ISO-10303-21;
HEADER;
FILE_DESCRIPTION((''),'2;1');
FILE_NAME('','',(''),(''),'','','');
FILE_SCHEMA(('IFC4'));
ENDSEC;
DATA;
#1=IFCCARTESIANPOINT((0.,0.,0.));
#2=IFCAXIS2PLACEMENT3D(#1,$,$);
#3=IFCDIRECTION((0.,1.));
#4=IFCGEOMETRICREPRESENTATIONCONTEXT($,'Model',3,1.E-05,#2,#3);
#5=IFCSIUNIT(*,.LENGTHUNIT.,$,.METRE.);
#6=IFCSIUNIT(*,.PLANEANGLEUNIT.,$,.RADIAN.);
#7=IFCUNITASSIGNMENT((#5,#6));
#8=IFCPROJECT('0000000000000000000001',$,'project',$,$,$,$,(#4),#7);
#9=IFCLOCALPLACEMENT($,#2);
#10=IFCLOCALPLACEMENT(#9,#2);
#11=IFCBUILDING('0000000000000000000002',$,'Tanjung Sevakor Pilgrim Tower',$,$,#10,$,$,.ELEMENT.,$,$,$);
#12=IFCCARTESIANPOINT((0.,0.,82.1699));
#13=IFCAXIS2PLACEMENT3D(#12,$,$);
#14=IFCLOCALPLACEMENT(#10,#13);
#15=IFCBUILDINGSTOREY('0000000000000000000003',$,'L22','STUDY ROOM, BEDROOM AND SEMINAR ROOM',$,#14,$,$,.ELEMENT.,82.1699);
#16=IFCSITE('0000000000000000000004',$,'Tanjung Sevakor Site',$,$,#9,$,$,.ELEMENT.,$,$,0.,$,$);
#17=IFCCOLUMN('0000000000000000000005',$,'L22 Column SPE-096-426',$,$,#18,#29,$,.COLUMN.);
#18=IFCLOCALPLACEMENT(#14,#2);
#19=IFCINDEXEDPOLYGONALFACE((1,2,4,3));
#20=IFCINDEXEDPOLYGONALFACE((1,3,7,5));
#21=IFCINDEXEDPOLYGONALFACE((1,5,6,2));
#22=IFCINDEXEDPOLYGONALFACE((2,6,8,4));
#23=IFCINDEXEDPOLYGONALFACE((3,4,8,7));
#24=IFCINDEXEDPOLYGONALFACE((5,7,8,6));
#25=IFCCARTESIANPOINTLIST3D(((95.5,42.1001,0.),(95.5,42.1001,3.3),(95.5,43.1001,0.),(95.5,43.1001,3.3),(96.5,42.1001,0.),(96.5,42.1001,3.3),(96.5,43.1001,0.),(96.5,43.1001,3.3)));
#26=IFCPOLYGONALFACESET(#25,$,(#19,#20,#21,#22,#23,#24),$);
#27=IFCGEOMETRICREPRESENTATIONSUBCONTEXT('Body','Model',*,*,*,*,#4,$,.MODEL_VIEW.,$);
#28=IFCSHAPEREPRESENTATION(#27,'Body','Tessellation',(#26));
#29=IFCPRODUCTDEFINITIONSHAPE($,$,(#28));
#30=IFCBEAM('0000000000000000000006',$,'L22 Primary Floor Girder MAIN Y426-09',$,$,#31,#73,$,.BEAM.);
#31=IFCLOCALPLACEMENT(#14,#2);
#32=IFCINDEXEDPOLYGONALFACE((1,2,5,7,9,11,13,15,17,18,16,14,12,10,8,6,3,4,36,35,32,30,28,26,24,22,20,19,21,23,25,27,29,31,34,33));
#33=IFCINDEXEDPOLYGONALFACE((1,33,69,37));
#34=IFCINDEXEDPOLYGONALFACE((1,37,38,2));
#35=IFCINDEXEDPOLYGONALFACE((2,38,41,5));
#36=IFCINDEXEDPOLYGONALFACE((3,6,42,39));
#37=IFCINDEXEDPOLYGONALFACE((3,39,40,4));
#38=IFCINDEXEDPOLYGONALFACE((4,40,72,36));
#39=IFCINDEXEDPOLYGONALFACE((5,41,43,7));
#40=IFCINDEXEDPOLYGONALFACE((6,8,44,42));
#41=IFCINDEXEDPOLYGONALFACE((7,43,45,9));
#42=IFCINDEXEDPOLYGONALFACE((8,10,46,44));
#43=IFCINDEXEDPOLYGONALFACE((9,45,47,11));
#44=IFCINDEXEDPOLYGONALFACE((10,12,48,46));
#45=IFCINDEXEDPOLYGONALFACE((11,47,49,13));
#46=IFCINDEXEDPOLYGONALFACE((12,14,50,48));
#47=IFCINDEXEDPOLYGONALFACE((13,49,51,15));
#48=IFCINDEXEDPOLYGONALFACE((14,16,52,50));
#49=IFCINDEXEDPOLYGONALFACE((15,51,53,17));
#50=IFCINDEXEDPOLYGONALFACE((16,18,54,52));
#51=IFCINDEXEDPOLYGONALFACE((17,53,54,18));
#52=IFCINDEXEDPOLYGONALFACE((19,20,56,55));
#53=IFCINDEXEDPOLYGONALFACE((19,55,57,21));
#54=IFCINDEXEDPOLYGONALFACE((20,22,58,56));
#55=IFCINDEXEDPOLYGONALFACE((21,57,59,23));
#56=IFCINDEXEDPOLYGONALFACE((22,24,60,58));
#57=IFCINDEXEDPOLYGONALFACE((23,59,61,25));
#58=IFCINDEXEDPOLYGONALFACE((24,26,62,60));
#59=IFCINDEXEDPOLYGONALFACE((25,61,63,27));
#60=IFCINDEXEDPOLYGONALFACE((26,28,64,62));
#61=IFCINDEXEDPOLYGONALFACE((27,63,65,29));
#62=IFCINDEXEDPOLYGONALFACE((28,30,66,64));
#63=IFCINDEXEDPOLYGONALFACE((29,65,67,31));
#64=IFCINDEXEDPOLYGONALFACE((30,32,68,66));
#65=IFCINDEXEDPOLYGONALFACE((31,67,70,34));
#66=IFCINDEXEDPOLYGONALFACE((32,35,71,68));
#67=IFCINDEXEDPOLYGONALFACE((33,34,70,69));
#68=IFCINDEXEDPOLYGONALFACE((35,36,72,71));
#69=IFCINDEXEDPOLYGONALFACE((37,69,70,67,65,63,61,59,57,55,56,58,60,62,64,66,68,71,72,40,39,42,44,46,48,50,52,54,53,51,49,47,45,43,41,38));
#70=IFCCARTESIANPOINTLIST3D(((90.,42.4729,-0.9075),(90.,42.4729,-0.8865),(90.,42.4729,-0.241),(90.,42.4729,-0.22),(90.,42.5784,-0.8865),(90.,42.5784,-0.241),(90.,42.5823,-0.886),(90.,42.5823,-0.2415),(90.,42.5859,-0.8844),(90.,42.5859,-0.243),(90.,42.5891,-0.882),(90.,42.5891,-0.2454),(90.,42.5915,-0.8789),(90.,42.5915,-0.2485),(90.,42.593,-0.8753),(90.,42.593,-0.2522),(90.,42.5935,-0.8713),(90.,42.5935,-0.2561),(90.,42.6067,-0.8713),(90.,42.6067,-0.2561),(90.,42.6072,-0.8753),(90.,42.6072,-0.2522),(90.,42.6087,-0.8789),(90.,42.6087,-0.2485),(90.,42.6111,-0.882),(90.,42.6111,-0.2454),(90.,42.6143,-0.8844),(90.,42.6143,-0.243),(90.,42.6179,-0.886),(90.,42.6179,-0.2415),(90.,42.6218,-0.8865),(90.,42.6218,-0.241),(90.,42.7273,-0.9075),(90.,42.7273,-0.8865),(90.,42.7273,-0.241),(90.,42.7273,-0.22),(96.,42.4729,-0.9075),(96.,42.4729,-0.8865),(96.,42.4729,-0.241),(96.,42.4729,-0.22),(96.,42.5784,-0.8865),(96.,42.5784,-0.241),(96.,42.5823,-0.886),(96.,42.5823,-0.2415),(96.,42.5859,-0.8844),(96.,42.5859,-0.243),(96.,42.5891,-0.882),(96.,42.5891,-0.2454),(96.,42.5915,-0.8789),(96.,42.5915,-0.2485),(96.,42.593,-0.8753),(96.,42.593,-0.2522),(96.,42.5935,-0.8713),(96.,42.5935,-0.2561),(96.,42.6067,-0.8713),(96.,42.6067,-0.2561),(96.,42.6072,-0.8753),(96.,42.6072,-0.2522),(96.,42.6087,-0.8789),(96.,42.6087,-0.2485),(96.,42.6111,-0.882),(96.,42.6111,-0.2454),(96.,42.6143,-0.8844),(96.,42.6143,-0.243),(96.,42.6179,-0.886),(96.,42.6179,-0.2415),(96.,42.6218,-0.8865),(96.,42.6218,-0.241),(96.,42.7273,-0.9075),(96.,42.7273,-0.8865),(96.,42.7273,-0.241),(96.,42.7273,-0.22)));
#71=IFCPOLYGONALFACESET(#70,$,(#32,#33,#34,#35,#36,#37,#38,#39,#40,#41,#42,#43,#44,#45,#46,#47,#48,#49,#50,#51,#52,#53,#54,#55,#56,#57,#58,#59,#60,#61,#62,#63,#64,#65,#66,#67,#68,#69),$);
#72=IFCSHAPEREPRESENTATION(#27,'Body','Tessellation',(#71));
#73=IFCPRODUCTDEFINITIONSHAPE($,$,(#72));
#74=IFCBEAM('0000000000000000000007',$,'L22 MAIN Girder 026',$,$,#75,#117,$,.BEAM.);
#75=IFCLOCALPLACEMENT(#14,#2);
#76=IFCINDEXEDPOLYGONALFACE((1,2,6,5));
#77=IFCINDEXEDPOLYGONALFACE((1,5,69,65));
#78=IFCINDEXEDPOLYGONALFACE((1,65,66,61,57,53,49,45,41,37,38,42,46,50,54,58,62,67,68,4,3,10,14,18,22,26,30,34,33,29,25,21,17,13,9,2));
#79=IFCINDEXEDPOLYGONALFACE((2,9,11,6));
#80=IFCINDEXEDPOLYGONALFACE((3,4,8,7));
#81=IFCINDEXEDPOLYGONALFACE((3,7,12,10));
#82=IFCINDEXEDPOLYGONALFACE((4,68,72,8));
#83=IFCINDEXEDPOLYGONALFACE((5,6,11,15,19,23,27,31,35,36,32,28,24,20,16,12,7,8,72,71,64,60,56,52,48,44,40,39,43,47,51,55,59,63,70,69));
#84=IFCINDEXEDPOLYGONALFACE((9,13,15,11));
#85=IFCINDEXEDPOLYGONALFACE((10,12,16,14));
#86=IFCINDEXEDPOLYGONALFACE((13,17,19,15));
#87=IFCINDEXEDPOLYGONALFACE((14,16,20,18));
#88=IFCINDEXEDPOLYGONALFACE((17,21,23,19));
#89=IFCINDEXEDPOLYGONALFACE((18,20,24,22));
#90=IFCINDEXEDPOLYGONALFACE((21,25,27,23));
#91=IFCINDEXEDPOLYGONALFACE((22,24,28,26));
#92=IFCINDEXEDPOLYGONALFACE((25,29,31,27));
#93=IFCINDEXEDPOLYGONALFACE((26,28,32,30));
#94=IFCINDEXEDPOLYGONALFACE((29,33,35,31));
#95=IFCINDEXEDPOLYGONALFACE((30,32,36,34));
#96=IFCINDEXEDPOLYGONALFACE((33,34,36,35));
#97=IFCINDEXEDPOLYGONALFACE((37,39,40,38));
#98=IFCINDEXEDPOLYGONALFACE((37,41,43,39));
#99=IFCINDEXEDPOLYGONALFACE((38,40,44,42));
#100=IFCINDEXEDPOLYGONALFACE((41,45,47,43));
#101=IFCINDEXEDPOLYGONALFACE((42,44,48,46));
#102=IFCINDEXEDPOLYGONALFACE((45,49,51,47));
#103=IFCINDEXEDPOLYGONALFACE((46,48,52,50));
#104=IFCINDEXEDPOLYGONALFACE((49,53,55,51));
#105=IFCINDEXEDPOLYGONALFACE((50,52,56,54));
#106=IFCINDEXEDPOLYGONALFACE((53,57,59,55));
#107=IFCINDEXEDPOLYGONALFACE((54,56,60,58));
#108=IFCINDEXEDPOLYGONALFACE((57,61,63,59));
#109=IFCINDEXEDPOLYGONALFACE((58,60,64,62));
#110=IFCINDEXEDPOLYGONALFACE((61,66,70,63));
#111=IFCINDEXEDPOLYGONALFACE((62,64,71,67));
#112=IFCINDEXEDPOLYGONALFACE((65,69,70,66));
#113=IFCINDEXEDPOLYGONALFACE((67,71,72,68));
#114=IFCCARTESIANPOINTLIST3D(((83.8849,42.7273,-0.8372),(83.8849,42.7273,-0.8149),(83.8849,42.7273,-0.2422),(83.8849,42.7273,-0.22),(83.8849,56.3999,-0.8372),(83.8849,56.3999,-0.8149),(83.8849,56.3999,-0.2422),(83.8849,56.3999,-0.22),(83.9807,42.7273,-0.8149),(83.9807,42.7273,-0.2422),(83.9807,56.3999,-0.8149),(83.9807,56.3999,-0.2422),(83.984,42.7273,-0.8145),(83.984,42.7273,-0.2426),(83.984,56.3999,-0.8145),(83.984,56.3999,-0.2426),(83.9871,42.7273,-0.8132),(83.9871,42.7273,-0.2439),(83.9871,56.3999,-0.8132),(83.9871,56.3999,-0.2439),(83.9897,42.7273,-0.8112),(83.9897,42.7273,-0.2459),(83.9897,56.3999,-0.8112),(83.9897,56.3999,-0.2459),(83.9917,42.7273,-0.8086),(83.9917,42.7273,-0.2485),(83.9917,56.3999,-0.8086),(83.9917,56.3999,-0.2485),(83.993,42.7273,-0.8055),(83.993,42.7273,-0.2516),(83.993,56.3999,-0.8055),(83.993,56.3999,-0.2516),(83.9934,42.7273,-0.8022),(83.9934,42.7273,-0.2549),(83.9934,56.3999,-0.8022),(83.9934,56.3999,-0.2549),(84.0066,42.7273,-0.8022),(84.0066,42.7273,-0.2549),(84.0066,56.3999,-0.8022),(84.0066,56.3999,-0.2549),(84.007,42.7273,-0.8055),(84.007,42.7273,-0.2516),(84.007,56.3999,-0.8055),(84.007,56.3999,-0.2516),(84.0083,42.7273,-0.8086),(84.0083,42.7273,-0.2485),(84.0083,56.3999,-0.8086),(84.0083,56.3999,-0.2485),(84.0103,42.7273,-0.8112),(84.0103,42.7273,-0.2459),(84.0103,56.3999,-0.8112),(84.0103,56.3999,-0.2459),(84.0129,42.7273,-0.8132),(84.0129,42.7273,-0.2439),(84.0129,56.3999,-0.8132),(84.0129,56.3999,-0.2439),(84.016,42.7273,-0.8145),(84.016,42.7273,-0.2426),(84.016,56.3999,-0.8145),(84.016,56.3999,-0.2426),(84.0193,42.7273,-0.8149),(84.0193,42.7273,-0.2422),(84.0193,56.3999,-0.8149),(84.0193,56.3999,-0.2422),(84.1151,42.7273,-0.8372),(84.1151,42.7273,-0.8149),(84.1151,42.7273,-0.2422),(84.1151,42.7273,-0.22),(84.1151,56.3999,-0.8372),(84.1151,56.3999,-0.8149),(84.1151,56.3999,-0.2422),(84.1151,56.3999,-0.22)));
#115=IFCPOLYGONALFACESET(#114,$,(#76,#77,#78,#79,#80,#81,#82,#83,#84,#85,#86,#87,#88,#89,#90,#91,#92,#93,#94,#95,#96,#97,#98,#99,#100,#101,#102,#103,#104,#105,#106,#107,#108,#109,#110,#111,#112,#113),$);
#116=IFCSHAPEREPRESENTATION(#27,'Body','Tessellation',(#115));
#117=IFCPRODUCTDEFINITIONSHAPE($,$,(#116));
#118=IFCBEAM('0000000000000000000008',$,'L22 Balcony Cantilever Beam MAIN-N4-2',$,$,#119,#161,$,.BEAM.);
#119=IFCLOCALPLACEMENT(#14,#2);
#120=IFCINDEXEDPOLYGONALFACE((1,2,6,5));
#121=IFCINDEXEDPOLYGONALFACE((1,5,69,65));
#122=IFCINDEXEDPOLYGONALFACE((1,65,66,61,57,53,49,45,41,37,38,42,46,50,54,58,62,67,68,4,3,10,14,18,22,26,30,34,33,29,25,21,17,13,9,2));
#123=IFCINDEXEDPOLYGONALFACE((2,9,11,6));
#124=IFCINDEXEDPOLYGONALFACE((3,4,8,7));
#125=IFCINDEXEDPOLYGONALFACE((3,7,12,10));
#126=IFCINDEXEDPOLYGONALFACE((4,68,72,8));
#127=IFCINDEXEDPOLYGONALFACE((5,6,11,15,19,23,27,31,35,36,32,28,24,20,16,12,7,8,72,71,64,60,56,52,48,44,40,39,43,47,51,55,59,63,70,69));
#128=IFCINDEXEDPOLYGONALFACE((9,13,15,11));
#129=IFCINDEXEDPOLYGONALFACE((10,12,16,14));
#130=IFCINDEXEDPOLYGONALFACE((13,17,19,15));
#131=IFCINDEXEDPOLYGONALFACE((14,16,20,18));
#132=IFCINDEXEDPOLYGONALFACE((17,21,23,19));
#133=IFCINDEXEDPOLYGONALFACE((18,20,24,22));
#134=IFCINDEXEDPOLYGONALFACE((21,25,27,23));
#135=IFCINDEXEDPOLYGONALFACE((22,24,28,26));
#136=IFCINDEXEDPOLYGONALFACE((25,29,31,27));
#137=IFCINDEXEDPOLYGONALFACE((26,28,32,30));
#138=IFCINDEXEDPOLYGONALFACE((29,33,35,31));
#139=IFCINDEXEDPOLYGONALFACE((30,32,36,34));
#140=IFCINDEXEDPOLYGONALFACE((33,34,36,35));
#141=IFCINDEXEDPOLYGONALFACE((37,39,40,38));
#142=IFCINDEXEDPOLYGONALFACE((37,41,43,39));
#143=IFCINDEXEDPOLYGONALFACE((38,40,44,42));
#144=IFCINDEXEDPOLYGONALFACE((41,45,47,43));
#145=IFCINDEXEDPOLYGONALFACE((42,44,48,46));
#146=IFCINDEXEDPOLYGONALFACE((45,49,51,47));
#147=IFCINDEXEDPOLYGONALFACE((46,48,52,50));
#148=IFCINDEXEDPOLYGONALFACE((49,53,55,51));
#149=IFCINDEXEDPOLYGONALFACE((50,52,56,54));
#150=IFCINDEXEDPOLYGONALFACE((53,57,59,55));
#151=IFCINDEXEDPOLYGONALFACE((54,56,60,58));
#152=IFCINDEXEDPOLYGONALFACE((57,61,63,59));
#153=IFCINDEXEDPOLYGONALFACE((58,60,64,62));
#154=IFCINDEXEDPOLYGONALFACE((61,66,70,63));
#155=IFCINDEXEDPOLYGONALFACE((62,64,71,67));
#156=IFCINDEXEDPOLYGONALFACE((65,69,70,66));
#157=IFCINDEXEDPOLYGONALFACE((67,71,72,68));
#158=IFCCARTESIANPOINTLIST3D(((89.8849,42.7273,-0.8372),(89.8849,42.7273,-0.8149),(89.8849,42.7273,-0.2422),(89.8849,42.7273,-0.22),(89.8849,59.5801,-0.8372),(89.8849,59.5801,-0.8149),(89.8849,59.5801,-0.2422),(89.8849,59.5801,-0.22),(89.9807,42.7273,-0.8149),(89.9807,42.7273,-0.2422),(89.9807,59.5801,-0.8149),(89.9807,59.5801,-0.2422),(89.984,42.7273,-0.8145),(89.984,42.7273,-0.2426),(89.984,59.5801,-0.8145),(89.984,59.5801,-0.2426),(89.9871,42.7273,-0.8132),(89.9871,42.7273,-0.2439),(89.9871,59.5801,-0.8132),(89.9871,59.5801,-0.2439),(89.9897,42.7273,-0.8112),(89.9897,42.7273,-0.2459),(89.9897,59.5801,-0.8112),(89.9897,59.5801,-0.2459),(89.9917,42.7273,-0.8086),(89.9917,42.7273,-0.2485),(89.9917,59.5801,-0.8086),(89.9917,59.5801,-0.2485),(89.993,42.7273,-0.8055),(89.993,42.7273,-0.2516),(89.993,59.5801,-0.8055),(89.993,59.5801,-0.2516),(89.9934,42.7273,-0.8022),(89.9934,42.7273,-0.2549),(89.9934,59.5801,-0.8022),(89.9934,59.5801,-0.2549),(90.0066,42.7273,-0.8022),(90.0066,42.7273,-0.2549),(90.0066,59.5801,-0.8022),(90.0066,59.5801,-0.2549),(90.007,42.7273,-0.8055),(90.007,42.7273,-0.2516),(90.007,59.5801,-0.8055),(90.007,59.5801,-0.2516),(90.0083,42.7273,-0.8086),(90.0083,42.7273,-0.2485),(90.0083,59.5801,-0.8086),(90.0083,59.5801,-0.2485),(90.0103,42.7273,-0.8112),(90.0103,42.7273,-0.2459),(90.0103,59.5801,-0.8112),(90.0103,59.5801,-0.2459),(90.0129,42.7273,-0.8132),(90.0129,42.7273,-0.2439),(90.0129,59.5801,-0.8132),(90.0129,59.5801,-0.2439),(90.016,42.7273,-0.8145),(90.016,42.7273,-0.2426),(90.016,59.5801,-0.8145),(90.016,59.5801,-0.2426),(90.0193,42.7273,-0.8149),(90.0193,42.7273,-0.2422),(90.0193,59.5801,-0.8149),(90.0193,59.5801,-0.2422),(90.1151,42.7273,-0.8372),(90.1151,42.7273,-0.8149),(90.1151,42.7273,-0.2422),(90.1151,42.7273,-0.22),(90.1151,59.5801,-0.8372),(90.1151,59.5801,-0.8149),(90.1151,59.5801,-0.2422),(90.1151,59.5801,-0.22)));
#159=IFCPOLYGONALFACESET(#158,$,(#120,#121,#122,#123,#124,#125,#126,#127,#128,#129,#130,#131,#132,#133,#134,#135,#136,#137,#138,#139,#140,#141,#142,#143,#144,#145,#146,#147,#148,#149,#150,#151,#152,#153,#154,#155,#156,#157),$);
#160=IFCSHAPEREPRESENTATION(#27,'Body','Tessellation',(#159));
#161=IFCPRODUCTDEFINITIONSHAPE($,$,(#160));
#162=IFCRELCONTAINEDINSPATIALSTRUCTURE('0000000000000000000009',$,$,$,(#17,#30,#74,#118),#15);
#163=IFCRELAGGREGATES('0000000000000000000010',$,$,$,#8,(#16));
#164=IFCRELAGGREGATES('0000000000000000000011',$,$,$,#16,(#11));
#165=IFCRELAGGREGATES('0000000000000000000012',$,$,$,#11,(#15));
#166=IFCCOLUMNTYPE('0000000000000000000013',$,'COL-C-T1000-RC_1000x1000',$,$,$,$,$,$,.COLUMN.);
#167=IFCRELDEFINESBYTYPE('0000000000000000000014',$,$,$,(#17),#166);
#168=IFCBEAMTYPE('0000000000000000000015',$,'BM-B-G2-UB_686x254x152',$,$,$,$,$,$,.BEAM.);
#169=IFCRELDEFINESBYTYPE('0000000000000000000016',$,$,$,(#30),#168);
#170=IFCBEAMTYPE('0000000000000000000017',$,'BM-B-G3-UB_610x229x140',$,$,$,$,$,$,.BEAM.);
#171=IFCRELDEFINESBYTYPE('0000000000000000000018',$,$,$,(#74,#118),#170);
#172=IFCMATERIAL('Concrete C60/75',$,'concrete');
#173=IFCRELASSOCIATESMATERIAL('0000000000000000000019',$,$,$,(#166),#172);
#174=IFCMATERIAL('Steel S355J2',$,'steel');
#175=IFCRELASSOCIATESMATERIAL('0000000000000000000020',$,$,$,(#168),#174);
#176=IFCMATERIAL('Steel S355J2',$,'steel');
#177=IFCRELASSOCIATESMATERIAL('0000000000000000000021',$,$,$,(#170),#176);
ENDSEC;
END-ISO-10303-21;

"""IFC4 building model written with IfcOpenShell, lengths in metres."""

from ifc_helpers import new_model, si_unit, direction, frame, origin, origin_2d, place, context, subcontext, project, spatial, rectangle, i_section, extrude, material, material_profile, profile_set, type_object, element, save


model = new_model("IFC4")

# Units and contexts
model_context = context("Model", 3, precision=1e-05, world=origin(), true_north=direction((0.0, 1.0)))
body_context = subcontext(model_context, "Body", "Model", "MODEL_VIEW")
ifc_project = project(units=[si_unit("LENGTHUNIT", "METRE"), si_unit("PLANEANGLEUNIT", "RADIAN")], contexts=[model_context])

# Site, building, storey
site_placement = place(None, origin())
site = spatial("IfcSite", under=ifc_project, at=site_placement, Name="Tanjung Sevakor Site", CompositionType="ELEMENT", RefElevation=0.0)
building_placement = place(site_placement, origin())
building = spatial("IfcBuilding", under=site, at=building_placement, Name="Tanjung Sevakor Pilgrim Tower", CompositionType="ELEMENT")
storey_placement = place(building_placement, frame((0.0, 0.0, 82.1699)))
storey = spatial("IfcBuildingStorey", under=building, at=storey_placement, Name="L22", Description="STUDY ROOM, BEDROOM AND SEMINAR ROOM", CompositionType="ELEMENT", Elevation=82.1699)

# Column
ifc_material_1 = material(Name="Concrete C60/75", Category="concrete")
ifc_material_profile_1 = material_profile(ifc_material_1, rectangle(XDim=1.0, YDim=1.0, at=origin_2d()))
ifc_profile_set_1 = profile_set([ifc_material_profile_1], Name="Concrete C60/75")
column_type = type_object("IfcColumnType", Name="COL-C-T1000-RC_1000x1000", PredefinedType="COLUMN", material=ifc_profile_set_1)
column_placement = place(storey_placement, frame((96.0, 42.6001, 0.0), z_axis=(0.0, 0.0, 1.0), x_axis=(1.0, 0.0, 0.0)))
element("IfcColumn", 1, at=column_placement, inside=storey, type_object=column_type, Name="L22 Column SPE-096-426", PredefinedType="COLUMN", context=body_context, shape_type="SweptSolid", body=[
    extrude(rectangle(XDim=1.0, YDim=1.0, at=origin_2d()), origin(), (0.0, 0.0, 1.0), 3.3),
])

# Beams
ifc_material_2 = material(Name="Steel S355J2", Category="steel")
ifc_material_profile_2 = material_profile(ifc_material_2, i_section(OverallWidth=0.2544, OverallDepth=0.6875, WebThickness=0.0132, FlangeThickness=0.021, FilletRadius=0.0151, at=origin_2d()))
ifc_profile_set_2 = profile_set([ifc_material_profile_2], Name="Steel S355J2")
beam_type_1 = type_object("IfcBeamType", Name="BM-B-G2-UB_686x254x152", PredefinedType="BEAM", material=ifc_profile_set_2)
beam_1_placement = place(storey_placement, frame((90.0, 42.6001, -0.5637), z_axis=(1.0, 0.0, 0.0), x_axis=(0.0, 1.0, 0.0)))
element("IfcBeam", 2, at=beam_1_placement, inside=storey, type_object=beam_type_1, Name="L22 Primary Floor Girder MAIN Y426-09", PredefinedType="BEAM", context=body_context, shape_type="SweptSolid", body=[
    extrude(i_section(OverallWidth=0.2544, OverallDepth=0.6875, WebThickness=0.0132, FlangeThickness=0.021, FilletRadius=0.0151, at=origin_2d()), origin(), (0.0, 0.0, 1.0), 6.0),
])
ifc_material_3 = material(Name="Steel S355J2", Category="steel")
ifc_material_profile_3 = material_profile(ifc_material_3, i_section(OverallWidth=0.2302, OverallDepth=0.6172, WebThickness=0.0132, FlangeThickness=0.0222, FilletRadius=0.0127, at=origin_2d()))
ifc_profile_set_3 = profile_set([ifc_material_profile_3], Name="Steel S355J2")
beam_type_2 = type_object("IfcBeamType", Name="BM-B-G3-UB_610x229x140", PredefinedType="BEAM", material=ifc_profile_set_3)
beam_2_placement = place(storey_placement, frame((84.0, 42.7273, -0.5286), z_axis=(0.0, 1.0, 0.0), x_axis=(-1.0, 0.0, 0.0)))
element("IfcBeam", 3, at=beam_2_placement, inside=storey, type_object=beam_type_2, Name="L22 MAIN Girder 026", PredefinedType="BEAM", context=body_context, shape_type="SweptSolid", body=[
    extrude(i_section(OverallWidth=0.2302, OverallDepth=0.6172, WebThickness=0.0132, FlangeThickness=0.0222, FilletRadius=0.0127, at=origin_2d()), origin(), (0.0, 0.0, 1.0), 13.6726),
])
beam_3_placement = place(storey_placement, frame((90.0, 42.7273, -0.5286), z_axis=(0.0, 1.0, 0.0), x_axis=(-1.0, 0.0, 0.0)))
element("IfcBeam", 4, at=beam_3_placement, inside=storey, type_object=beam_type_2, Name="L22 Balcony Cantilever Beam MAIN-N4-2", PredefinedType="BEAM", context=body_context, shape_type="SweptSolid", body=[
    extrude(i_section(OverallWidth=0.2302, OverallDepth=0.6172, WebThickness=0.0132, FlangeThickness=0.0222, FilletRadius=0.0127, at=origin_2d()), origin(), (0.0, 0.0, 1.0), 16.8528),
])

save(model, "model.ifc")
